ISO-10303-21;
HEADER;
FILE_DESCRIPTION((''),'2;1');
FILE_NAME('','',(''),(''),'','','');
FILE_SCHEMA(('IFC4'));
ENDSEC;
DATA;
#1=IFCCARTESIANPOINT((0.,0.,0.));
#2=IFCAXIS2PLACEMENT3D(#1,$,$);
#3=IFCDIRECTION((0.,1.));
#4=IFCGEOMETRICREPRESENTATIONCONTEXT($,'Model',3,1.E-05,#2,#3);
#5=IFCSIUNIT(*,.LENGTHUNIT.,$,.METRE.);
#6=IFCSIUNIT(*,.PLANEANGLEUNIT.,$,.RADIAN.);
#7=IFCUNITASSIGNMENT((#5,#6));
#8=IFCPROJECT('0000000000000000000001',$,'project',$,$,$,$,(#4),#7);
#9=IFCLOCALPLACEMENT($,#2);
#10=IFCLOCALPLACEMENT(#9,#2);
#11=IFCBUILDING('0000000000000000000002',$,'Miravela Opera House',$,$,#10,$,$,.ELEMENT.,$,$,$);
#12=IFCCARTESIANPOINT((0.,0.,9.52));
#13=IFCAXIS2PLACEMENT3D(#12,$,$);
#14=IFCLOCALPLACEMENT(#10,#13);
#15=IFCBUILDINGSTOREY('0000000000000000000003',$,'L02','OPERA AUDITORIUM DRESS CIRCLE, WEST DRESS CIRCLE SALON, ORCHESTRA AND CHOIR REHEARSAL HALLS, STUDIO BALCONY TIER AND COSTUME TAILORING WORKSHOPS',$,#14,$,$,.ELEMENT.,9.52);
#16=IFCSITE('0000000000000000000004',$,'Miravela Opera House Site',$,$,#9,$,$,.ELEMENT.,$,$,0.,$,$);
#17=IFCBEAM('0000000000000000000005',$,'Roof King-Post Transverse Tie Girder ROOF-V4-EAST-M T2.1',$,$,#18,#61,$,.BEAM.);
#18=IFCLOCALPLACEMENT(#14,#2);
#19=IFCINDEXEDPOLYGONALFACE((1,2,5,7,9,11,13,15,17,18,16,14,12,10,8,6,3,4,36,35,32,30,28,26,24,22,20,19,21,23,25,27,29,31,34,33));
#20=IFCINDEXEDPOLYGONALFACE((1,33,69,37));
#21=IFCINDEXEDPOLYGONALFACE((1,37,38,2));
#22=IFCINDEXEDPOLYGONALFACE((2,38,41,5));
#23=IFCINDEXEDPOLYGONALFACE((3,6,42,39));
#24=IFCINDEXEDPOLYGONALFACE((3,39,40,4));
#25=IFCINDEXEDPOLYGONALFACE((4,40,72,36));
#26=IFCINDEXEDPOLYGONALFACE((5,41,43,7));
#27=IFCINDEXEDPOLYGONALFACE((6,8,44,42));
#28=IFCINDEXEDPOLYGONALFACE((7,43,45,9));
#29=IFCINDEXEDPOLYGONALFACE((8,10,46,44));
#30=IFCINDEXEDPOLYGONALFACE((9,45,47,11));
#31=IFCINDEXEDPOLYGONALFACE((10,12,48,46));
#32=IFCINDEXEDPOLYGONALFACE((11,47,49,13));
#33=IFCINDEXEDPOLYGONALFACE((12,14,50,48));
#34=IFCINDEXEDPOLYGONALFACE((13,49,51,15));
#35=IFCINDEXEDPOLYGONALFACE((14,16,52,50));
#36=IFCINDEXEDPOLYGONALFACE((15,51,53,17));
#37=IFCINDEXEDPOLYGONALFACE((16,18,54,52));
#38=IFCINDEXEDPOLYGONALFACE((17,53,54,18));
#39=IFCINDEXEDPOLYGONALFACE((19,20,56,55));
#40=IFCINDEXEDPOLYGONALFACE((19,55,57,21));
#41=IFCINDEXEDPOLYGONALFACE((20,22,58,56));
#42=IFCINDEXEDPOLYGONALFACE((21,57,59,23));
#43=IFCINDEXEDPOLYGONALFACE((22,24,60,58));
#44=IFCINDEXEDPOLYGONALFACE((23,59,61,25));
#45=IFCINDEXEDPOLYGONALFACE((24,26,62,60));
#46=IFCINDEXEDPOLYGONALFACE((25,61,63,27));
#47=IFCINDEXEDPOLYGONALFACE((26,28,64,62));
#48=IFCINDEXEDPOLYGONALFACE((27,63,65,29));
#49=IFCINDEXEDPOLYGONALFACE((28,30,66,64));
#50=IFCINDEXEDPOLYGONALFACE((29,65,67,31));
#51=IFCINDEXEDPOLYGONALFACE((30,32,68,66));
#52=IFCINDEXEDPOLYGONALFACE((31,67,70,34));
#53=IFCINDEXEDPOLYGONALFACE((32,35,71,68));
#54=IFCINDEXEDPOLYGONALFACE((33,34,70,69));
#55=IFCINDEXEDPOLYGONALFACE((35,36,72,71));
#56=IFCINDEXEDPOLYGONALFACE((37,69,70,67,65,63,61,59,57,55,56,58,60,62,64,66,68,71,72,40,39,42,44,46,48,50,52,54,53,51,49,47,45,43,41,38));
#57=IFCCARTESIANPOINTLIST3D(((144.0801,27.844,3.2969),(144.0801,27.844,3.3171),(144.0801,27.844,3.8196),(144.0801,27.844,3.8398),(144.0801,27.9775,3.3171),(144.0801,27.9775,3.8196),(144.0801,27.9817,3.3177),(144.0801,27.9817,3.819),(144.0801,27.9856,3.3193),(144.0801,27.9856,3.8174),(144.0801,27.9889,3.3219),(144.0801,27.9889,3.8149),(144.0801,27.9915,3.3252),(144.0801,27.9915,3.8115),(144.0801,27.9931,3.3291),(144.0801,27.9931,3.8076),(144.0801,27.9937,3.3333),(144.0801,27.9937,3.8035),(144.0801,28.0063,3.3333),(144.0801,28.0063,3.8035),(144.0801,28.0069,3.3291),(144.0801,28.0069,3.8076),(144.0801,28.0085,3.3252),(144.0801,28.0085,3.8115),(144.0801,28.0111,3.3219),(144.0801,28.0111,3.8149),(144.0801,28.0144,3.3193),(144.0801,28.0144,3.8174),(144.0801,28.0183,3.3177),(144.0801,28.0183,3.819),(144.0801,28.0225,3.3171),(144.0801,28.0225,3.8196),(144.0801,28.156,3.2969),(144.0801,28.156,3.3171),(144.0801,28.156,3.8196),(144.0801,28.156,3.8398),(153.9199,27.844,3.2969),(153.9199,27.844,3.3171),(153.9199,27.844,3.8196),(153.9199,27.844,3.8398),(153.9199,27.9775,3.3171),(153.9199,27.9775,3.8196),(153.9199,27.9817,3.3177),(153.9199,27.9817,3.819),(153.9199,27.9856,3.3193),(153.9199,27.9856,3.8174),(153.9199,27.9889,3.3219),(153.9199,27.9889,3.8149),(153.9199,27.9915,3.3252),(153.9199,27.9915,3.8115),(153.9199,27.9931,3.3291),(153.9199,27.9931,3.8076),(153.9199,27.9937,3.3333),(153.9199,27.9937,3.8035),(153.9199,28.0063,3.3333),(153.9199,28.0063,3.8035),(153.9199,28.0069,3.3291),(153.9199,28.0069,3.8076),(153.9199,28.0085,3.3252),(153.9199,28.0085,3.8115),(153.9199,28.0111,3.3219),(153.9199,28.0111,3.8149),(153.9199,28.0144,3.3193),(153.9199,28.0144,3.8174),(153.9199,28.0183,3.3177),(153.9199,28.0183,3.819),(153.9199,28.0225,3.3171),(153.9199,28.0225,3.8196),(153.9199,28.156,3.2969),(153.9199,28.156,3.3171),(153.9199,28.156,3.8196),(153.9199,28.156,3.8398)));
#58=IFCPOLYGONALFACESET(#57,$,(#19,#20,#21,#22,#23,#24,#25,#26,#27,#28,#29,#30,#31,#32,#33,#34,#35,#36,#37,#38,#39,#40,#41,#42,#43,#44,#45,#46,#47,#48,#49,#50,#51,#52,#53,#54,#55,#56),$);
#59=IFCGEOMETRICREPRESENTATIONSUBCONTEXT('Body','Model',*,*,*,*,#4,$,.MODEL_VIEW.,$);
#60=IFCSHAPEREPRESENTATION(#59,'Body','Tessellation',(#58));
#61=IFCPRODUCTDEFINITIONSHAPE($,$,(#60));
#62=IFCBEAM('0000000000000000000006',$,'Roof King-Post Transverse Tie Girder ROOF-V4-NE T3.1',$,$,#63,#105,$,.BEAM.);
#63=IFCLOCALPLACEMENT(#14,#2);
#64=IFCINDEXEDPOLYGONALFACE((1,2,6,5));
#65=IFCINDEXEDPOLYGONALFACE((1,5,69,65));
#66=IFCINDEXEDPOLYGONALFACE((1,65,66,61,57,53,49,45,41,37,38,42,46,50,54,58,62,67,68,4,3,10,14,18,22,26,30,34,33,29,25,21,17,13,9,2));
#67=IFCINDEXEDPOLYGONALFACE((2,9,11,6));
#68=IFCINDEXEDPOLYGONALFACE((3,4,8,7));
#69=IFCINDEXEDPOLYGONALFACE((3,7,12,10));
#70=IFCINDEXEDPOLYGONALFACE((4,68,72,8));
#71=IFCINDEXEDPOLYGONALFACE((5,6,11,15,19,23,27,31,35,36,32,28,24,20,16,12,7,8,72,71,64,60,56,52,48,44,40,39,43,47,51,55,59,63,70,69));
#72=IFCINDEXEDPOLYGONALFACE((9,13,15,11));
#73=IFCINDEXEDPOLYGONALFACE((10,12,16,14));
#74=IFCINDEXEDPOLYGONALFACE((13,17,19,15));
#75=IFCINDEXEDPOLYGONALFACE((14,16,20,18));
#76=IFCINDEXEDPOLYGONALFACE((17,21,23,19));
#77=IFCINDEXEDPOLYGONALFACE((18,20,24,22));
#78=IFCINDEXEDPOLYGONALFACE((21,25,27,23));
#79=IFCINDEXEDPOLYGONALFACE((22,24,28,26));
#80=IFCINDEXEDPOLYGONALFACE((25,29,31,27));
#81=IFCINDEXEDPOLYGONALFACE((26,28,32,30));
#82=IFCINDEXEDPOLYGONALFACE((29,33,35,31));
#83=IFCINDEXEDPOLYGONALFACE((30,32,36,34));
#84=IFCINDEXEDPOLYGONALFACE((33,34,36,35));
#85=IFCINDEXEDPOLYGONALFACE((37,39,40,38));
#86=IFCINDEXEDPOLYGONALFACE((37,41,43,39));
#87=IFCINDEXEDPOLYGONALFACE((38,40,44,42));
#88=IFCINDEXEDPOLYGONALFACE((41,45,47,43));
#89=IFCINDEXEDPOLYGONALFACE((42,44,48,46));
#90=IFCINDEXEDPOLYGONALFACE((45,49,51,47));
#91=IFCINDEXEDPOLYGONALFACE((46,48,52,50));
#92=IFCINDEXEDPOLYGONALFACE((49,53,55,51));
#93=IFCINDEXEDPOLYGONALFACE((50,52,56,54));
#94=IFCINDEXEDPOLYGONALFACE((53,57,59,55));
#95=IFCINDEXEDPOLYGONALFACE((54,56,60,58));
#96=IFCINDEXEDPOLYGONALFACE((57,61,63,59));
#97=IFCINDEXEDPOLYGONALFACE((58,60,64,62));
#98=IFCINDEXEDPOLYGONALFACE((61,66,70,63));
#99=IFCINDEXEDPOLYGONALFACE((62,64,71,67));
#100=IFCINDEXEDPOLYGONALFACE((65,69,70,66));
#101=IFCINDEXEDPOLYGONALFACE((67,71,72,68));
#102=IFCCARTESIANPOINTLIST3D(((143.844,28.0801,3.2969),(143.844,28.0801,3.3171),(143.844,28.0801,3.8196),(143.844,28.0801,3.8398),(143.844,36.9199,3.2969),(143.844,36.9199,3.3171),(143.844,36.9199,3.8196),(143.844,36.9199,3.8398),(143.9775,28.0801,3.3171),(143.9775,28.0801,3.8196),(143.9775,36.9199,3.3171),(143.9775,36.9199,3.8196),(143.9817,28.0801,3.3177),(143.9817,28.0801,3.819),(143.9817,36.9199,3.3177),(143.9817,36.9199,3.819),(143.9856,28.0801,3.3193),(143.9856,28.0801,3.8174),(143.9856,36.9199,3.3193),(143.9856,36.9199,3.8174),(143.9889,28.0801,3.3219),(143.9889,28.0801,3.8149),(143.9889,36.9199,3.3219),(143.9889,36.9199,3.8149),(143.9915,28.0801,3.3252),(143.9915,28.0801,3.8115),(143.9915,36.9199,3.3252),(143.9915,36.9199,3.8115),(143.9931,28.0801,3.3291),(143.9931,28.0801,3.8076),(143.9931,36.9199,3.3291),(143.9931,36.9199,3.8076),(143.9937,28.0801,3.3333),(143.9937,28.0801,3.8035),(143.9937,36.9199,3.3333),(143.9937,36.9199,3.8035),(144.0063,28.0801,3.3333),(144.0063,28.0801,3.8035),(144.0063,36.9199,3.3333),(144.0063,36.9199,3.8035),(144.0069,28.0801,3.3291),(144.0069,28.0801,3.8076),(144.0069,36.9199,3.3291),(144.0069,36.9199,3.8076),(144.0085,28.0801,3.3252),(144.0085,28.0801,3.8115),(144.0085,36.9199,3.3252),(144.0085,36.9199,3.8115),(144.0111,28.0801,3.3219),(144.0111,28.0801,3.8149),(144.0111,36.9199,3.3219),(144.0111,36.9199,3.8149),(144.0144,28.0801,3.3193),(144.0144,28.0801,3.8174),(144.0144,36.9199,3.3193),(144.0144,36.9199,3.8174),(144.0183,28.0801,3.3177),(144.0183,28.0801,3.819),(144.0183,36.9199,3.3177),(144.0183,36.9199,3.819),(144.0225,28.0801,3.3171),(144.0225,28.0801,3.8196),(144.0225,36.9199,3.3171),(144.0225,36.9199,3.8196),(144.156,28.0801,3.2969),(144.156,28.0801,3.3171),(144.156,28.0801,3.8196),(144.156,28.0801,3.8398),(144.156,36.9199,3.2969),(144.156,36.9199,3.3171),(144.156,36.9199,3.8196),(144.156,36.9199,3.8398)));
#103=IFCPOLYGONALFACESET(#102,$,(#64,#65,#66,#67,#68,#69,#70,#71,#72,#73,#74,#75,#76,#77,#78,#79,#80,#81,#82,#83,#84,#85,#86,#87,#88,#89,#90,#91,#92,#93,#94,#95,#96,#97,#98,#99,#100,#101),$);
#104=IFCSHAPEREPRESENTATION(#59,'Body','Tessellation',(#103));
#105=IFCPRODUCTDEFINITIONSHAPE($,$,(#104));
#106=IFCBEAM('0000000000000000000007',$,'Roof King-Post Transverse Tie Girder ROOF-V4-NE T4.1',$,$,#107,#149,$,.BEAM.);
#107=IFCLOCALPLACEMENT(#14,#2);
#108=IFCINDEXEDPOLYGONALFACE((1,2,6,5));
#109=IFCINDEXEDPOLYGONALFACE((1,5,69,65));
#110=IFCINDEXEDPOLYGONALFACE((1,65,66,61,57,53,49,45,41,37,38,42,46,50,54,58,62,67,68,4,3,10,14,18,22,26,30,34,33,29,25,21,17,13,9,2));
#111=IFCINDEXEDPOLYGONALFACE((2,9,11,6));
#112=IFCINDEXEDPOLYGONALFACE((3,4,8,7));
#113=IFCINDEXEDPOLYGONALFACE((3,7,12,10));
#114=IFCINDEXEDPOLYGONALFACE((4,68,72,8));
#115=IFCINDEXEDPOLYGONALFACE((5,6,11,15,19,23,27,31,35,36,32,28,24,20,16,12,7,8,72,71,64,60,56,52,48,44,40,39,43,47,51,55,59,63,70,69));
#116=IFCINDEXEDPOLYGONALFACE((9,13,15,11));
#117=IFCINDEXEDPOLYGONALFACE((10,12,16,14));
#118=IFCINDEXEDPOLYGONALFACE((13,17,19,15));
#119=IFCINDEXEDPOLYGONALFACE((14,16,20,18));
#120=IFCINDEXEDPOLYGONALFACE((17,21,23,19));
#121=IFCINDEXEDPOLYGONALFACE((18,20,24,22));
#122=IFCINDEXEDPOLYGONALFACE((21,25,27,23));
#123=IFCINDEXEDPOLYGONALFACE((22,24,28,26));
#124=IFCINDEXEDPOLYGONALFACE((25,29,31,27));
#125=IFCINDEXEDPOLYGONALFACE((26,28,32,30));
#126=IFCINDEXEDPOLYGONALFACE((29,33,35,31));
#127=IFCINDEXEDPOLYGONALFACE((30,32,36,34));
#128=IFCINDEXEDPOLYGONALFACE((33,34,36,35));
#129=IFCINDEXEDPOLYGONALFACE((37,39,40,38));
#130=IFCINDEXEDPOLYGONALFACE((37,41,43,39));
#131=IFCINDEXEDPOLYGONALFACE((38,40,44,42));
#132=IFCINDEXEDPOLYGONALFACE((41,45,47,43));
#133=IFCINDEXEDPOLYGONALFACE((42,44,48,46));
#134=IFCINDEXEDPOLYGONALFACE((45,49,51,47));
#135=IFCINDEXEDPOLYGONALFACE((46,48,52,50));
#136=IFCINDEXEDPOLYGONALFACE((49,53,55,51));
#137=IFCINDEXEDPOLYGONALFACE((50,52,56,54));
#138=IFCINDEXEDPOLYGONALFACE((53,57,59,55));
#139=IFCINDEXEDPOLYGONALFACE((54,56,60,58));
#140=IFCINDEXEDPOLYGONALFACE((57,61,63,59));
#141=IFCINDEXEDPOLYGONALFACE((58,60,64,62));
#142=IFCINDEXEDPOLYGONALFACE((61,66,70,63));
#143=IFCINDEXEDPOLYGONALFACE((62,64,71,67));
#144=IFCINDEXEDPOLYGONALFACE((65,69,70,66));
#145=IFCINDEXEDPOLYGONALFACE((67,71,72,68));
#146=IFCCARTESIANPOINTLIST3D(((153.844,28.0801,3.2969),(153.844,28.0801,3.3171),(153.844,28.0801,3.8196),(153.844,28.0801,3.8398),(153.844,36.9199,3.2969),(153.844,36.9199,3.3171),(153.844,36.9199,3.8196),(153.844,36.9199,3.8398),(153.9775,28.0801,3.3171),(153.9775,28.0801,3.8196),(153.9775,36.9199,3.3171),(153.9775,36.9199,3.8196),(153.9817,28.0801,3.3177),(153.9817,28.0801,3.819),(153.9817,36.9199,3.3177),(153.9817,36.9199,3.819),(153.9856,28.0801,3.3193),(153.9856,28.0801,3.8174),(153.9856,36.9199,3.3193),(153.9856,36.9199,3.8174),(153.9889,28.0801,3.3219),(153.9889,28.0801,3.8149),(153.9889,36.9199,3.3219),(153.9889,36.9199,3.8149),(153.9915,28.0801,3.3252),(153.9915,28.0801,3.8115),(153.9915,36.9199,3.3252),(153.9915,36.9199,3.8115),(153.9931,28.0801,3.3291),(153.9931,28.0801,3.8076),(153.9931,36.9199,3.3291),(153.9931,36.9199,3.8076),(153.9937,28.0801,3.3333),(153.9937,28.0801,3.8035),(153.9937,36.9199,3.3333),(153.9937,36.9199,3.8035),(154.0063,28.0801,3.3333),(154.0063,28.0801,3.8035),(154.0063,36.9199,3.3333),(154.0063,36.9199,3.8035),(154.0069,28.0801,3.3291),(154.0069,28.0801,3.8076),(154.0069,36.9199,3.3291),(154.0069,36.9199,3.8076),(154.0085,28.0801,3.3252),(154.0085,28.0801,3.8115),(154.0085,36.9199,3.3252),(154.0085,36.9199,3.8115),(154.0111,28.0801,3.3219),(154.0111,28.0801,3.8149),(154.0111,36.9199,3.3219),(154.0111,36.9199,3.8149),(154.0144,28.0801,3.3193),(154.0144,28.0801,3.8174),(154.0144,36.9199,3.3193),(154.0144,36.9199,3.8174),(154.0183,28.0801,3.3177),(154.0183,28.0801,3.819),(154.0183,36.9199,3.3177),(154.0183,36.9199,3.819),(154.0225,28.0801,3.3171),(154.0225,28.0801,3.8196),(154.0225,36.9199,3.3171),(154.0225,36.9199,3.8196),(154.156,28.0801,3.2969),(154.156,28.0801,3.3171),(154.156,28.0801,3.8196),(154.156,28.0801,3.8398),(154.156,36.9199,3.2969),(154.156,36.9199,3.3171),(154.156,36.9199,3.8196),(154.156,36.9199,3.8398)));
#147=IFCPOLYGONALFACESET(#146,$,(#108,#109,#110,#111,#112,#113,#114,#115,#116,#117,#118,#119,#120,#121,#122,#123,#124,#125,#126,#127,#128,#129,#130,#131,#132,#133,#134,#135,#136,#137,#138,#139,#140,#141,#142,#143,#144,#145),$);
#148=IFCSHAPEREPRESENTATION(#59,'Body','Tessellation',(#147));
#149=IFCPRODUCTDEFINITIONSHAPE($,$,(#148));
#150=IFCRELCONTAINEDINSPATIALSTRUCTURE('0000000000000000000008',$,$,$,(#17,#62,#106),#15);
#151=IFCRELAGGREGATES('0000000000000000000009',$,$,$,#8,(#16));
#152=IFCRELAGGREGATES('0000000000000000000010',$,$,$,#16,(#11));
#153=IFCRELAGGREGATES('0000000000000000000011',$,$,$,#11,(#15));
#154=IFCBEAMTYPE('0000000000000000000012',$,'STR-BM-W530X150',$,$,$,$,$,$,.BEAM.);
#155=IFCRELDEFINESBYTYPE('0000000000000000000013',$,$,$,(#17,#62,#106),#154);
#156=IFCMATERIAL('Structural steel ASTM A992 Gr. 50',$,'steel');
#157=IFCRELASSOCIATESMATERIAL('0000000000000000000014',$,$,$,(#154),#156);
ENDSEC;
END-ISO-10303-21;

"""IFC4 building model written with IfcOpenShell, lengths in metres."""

from ifc_helpers import new_model, si_unit, direction, frame, origin, origin_2d, place, context, subcontext, project, spatial, i_section, extrude, material, material_profile, profile_set, type_object, element, save


model = new_model("IFC4")

# Units and contexts
model_context = context("Model", 3, precision=1e-05, world=origin(), true_north=direction((0.0, 1.0)))
body_context = subcontext(model_context, "Body", "Model", "MODEL_VIEW")
ifc_project = project(units=[si_unit("LENGTHUNIT", "METRE"), si_unit("PLANEANGLEUNIT", "RADIAN")], contexts=[model_context])

# Site, building, storey
site_placement = place(None, origin())
site = spatial("IfcSite", under=ifc_project, at=site_placement, Name="Miravela Opera House Site", CompositionType="ELEMENT", RefElevation=0.0)
building_placement = place(site_placement, origin())
building = spatial("IfcBuilding", under=site, at=building_placement, Name="Miravela Opera House", CompositionType="ELEMENT")
storey_placement = place(building_placement, frame((0.0, 0.0, 9.52)))
storey = spatial("IfcBuildingStorey", under=building, at=storey_placement, Name="L02", Description="OPERA AUDITORIUM DRESS CIRCLE, WEST DRESS CIRCLE SALON, ORCHESTRA AND CHOIR REHEARSAL HALLS, STUDIO BALCONY TIER AND COSTUME TAILORING WORKSHOPS", CompositionType="ELEMENT", Elevation=9.52)

# Beams
ifc_material_1 = material(Name="Structural steel ASTM A992 Gr. 50", Category="steel")
ifc_material_profile_1 = material_profile(ifc_material_1, i_section(OverallWidth=0.312, OverallDepth=0.543, WebThickness=0.0127, FlangeThickness=0.0203, FilletRadius=0.0161, at=origin_2d()), Name="W530X150")
ifc_profile_set_1 = profile_set([ifc_material_profile_1])
beam_type_1 = type_object("IfcBeamType", Name="STR-BM-W530X150", PredefinedType="BEAM", material=ifc_profile_set_1)
beam_1_placement = place(storey_placement, frame((144.0801, 28.0, 3.5684), z_axis=(1.0, 0.0, 0.0), x_axis=(0.0, 1.0, 0.0)))
element("IfcBeam", 1, at=beam_1_placement, inside=storey, type_object=beam_type_1, Name="Roof King-Post Transverse Tie Girder ROOF-V4-EAST-M T2.1", PredefinedType="BEAM", context=body_context, shape_type="SweptSolid", body=[
    extrude(i_section(OverallWidth=0.312, OverallDepth=0.543, WebThickness=0.0127, FlangeThickness=0.0203, FilletRadius=0.0161, at=origin_2d()), origin(), (0.0, 0.0, 1.0), 9.8398),
])
for number, where, z_axis, x_axis, name in (
    (2, (144.0, 28.0801, 3.5684), (0.0, 1.0, 0.0), (-1.0, 0.0, 0.0), "Roof King-Post Transverse Tie Girder ROOF-V4-NE T3.1"),
    (3, (154.0, 28.0801, 3.5684), (0.0, 1.0, 0.0), (-1.0, 0.0, 0.0), "Roof King-Post Transverse Tie Girder ROOF-V4-NE T4.1"),
):
    element("IfcBeam", number, at=place(storey_placement, frame(where, z_axis=z_axis, x_axis=x_axis)), inside=storey, type_object=beam_type_1, Name=name, PredefinedType="BEAM", context=body_context, shape_type="SweptSolid", body=[
        extrude(i_section(OverallWidth=0.312, OverallDepth=0.543, WebThickness=0.0127, FlangeThickness=0.0203, FilletRadius=0.0161, at=origin_2d()), origin(), (0.0, 0.0, 1.0), 8.8398),
    ])

save(model, "model.ifc")
